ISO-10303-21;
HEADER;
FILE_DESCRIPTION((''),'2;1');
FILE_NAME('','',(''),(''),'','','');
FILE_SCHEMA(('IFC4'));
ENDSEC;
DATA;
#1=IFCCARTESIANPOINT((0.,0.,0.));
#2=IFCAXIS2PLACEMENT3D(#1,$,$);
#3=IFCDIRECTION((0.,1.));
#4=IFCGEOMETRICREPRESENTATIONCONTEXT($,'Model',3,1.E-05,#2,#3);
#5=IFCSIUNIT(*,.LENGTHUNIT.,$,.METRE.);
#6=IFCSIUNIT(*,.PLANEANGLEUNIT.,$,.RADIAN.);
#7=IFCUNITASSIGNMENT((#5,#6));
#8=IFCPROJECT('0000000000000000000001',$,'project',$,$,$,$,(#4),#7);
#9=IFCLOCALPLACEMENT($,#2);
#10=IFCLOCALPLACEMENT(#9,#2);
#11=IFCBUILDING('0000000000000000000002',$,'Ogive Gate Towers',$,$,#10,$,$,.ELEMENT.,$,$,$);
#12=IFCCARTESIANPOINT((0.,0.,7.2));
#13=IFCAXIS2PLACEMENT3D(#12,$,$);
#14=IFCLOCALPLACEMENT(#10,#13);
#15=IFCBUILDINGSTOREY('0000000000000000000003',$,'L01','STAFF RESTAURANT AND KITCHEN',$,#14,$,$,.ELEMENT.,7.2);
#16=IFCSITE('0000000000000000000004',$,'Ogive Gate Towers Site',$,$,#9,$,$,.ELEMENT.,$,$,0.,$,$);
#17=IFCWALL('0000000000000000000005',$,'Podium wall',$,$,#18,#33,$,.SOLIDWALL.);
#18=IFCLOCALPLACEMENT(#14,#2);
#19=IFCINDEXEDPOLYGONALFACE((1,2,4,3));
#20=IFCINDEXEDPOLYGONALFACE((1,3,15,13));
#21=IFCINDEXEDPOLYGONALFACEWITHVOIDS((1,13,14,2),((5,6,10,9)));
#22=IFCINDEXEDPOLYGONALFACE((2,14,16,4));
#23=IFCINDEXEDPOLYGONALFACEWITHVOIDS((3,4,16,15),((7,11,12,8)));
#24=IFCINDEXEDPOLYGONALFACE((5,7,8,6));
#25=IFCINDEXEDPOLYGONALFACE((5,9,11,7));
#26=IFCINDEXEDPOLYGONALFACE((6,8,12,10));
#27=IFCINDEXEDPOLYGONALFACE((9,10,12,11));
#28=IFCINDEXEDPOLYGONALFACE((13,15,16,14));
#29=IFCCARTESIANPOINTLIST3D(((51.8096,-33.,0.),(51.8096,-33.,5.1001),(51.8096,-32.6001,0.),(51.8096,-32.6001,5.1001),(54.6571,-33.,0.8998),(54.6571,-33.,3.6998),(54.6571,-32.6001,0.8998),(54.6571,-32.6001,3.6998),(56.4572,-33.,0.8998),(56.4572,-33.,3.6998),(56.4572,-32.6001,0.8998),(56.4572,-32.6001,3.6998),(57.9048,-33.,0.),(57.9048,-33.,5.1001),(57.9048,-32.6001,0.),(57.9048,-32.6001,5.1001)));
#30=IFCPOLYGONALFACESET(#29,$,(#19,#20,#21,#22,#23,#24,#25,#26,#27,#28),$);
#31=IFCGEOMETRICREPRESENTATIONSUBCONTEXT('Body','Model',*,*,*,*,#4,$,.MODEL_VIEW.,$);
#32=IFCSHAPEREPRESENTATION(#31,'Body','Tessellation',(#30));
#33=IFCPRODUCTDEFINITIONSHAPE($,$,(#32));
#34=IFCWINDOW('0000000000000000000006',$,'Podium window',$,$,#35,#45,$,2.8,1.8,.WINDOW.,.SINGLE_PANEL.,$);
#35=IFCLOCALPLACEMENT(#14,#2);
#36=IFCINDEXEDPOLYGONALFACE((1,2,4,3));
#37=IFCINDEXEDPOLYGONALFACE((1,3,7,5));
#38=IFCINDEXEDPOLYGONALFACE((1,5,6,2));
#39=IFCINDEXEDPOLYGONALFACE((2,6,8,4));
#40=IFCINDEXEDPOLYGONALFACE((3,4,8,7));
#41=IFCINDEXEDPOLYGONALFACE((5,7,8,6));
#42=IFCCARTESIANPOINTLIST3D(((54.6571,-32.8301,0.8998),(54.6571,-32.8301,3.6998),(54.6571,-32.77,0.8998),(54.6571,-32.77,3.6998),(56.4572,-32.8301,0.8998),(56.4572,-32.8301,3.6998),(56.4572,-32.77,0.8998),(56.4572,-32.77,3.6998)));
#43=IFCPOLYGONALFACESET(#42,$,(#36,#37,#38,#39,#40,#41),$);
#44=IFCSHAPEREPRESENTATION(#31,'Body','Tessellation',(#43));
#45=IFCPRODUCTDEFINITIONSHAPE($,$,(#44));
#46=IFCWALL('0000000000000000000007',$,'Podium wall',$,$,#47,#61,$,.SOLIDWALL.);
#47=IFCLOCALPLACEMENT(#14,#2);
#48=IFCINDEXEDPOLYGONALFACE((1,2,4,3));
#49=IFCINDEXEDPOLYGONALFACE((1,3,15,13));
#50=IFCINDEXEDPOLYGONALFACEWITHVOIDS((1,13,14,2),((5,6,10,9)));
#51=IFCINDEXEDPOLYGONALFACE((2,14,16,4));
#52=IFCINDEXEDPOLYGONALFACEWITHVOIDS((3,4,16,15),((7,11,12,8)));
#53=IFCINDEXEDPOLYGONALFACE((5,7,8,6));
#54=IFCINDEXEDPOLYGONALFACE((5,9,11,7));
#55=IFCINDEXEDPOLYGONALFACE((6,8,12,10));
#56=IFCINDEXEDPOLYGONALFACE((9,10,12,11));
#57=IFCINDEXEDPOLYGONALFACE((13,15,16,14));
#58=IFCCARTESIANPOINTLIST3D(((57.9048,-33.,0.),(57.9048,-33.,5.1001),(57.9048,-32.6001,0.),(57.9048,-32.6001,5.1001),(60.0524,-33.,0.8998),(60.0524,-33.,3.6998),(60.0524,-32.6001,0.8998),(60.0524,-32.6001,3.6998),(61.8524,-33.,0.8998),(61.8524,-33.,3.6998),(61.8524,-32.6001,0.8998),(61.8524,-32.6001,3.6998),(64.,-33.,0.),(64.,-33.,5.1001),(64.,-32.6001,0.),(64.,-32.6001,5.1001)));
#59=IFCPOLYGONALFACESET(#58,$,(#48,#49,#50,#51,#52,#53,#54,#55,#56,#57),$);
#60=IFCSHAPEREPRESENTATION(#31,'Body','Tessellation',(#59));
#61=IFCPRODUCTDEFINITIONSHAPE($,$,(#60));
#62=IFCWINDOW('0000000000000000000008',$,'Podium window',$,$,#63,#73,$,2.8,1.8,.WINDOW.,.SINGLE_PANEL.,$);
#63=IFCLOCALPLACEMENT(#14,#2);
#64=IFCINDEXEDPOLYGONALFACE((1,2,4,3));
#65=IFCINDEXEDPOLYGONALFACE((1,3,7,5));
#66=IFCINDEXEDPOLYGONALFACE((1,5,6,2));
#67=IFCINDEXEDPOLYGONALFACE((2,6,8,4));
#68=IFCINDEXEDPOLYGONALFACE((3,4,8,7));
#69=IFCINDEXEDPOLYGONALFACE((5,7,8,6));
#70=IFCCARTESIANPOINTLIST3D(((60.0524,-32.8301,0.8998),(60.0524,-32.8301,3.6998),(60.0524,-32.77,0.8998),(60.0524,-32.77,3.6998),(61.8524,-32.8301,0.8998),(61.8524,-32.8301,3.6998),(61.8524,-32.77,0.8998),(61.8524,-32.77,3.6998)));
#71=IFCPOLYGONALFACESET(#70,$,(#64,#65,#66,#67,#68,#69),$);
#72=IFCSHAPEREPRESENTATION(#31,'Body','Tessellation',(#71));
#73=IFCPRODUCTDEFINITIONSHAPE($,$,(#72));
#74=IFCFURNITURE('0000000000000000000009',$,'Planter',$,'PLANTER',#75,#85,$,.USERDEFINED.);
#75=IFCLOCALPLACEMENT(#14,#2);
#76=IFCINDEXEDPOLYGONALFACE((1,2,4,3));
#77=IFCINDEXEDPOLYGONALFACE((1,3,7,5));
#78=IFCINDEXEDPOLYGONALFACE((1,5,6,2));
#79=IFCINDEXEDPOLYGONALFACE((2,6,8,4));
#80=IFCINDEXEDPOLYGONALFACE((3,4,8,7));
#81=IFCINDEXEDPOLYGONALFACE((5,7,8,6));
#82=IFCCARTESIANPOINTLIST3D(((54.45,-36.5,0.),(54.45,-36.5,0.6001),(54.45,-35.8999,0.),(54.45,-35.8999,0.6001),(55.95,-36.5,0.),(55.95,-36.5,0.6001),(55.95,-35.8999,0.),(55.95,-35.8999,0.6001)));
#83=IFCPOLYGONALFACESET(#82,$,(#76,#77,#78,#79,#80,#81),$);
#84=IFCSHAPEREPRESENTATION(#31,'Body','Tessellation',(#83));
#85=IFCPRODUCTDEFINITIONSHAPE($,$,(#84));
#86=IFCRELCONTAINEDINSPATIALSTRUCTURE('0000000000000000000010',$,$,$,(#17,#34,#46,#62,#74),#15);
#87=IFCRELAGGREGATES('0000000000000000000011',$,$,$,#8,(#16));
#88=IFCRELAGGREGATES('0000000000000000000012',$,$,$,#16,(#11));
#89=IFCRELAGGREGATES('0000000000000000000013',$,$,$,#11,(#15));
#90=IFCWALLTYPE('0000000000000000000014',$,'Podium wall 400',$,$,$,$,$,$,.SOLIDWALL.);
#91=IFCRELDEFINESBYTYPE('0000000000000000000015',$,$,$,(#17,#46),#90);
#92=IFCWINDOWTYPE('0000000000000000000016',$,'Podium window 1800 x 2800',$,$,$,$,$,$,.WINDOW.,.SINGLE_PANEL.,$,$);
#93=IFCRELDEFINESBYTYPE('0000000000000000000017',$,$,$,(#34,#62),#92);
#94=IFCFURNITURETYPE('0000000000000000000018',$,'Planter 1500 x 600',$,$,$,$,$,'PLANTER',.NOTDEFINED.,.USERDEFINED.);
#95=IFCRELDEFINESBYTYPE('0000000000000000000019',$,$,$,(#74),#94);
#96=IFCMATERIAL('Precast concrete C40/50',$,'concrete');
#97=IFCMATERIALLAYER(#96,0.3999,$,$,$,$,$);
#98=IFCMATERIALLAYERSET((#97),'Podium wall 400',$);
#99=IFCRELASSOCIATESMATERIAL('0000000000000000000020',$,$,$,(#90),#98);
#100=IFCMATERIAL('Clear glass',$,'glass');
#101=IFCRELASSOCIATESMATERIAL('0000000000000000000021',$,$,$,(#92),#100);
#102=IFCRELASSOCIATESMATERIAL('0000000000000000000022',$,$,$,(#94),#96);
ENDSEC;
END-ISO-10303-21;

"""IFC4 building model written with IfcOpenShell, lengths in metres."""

from ifc_helpers import new_model, si_unit, direction, frame, frame_2d, origin, origin_2d, place, context, subcontext, project, spatial, rectangle, extrude, material, layer, layer_set, type_object, element, fill, save


model = new_model("IFC4")

# Units and contexts
model_context = context("Model", 3, precision=1e-05, world=origin(), true_north=direction((0.0, 1.0)))
body_context = subcontext(model_context, "Body", "Model", "MODEL_VIEW")
ifc_project = project(units=[si_unit("LENGTHUNIT", "METRE"), si_unit("PLANEANGLEUNIT", "RADIAN")], contexts=[model_context])

# Site, building, storey
site_placement = place(None, origin())
site = spatial("IfcSite", under=ifc_project, at=site_placement, Name="Ogive Gate Towers Site", CompositionType="ELEMENT", RefElevation=0.0)
building_placement = place(site_placement, origin())
building = spatial("IfcBuilding", under=site, at=building_placement, Name="Ogive Gate Towers", CompositionType="ELEMENT")
storey_placement = place(building_placement, frame((0.0, 0.0, 7.2)))
storey = spatial("IfcBuildingStorey", under=building, at=storey_placement, Name="L01", Description="STAFF RESTAURANT AND KITCHEN", CompositionType="ELEMENT", Elevation=7.2)

# Walls, openings, windows
ifc_material_1 = material(Name="Precast concrete C40/50", Category="concrete")
ifc_layer = layer(ifc_material_1, 0.3999)
ifc_layer_set = layer_set([ifc_layer], Name="Podium wall 400")
wall_type = type_object("IfcWallType", Name="Podium wall 400", PredefinedType="SOLIDWALL", material=ifc_layer_set)
ifc_material_2 = material(Name="Clear glass", Category="glass")
window_type = type_object("IfcWindowType", Name="Podium window 1800 x 2800", PartitioningType="SINGLE_PANEL", PredefinedType="WINDOW", material=ifc_material_2)
wall_1_placement = place(storey_placement, frame((51.8096, -32.8, 0.0), z_axis=(0.0, 0.0, 1.0), x_axis=(1.0, 0.0, 0.0)))
wall_1 = element("IfcWall", 1, at=wall_1_placement, inside=storey, type_object=wall_type, Name="Podium wall", PredefinedType="SOLIDWALL", context=body_context, shape_type="SweptSolid", body=[
    extrude(rectangle(XDim=6.0952, YDim=0.3999, at=frame_2d((3.0476, 0.0))), origin(), (0.0, 0.0, 1.0), 5.1001),
])
opening_1_placement = place(wall_1_placement, frame((2.8477, 0.0, 0.8999)))
opening_1 = element("IfcOpeningElement", 2, at=opening_1_placement, cuts=wall_1, PredefinedType="OPENING", context=body_context, shape_type="SweptSolid", body=[
    extrude(rectangle(XDim=1.8, YDim=2.8, at=frame_2d((0.8999, 1.3999))), frame((0.0, 0.21, 0.0), z_axis=(0.0, -1.0, 0.0), x_axis=(1.0, 0.0, 0.0)), (0.0, 0.0, 1.0), 0.4199),
])
window_1_placement = place(opening_1_placement, origin())
window_1 = element("IfcWindow", 3, at=window_1_placement, inside=storey, type_object=window_type, Name="Podium window", OverallHeight=2.8, OverallWidth=1.8, PartitioningType="SINGLE_PANEL", PredefinedType="WINDOW", context=body_context, shape_type="SweptSolid", body=[
    extrude(rectangle(XDim=1.8, YDim=2.8, at=frame_2d((0.8999, 1.3999))), frame((0.0, 0.03, 0.0), z_axis=(0.0, -1.0, 0.0), x_axis=(1.0, 0.0, 0.0)), (0.0, 0.0, 1.0), 0.0601),
])
fill(opening_1, window_1)
wall_2_placement = place(storey_placement, frame((57.9048, -32.8, 0.0), z_axis=(0.0, 0.0, 1.0), x_axis=(1.0, 0.0, 0.0)))
wall_2 = element("IfcWall", 4, at=wall_2_placement, inside=storey, type_object=wall_type, Name="Podium wall", PredefinedType="SOLIDWALL", context=body_context, shape_type="SweptSolid", body=[
    extrude(rectangle(XDim=6.0952, YDim=0.3999, at=frame_2d((3.0476, 0.0))), origin(), (0.0, 0.0, 1.0), 5.1001),
])
opening_2_placement = place(wall_2_placement, frame((2.1477, 0.0, 0.8999)))
opening_2 = element("IfcOpeningElement", 5, at=opening_2_placement, cuts=wall_2, PredefinedType="OPENING", context=body_context, shape_type="SweptSolid", body=[
    extrude(rectangle(XDim=1.8, YDim=2.8, at=frame_2d((0.8999, 1.3999))), frame((0.0, 0.21, 0.0), z_axis=(0.0, -1.0, 0.0), x_axis=(1.0, 0.0, 0.0)), (0.0, 0.0, 1.0), 0.4199),
])
window_2_placement = place(opening_2_placement, origin())
window_2 = element("IfcWindow", 6, at=window_2_placement, inside=storey, type_object=window_type, Name="Podium window", OverallHeight=2.8, OverallWidth=1.8, PartitioningType="SINGLE_PANEL", PredefinedType="WINDOW", context=body_context, shape_type="SweptSolid", body=[
    extrude(rectangle(XDim=1.8, YDim=2.8, at=frame_2d((0.8999, 1.3999))), frame((0.0, 0.03, 0.0), z_axis=(0.0, -1.0, 0.0), x_axis=(1.0, 0.0, 0.0)), (0.0, 0.0, 1.0), 0.0601),
])
fill(opening_2, window_2)

# Furniture
furniture_type = type_object("IfcFurnitureType", Name="Planter 1500 x 600", ElementType="PLANTER", AssemblyPlace="NOTDEFINED", PredefinedType="USERDEFINED", material=ifc_material_1)
furniture_placement = place(storey_placement, frame((55.2, -36.2, 0.0), z_axis=(0.0, 0.0, 1.0), x_axis=(1.0, 0.0, 0.0)))
element("IfcFurniture", 7, at=furniture_placement, inside=storey, type_object=furniture_type, Name="Planter", ObjectType="PLANTER", PredefinedType="USERDEFINED", context=body_context, shape_type="SweptSolid", body=[
    extrude(rectangle(XDim=1.5, YDim=0.6001, at=origin_2d()), origin(), (0.0, 0.0, 1.0), 0.6001),
])

save(model, "model.ifc")
